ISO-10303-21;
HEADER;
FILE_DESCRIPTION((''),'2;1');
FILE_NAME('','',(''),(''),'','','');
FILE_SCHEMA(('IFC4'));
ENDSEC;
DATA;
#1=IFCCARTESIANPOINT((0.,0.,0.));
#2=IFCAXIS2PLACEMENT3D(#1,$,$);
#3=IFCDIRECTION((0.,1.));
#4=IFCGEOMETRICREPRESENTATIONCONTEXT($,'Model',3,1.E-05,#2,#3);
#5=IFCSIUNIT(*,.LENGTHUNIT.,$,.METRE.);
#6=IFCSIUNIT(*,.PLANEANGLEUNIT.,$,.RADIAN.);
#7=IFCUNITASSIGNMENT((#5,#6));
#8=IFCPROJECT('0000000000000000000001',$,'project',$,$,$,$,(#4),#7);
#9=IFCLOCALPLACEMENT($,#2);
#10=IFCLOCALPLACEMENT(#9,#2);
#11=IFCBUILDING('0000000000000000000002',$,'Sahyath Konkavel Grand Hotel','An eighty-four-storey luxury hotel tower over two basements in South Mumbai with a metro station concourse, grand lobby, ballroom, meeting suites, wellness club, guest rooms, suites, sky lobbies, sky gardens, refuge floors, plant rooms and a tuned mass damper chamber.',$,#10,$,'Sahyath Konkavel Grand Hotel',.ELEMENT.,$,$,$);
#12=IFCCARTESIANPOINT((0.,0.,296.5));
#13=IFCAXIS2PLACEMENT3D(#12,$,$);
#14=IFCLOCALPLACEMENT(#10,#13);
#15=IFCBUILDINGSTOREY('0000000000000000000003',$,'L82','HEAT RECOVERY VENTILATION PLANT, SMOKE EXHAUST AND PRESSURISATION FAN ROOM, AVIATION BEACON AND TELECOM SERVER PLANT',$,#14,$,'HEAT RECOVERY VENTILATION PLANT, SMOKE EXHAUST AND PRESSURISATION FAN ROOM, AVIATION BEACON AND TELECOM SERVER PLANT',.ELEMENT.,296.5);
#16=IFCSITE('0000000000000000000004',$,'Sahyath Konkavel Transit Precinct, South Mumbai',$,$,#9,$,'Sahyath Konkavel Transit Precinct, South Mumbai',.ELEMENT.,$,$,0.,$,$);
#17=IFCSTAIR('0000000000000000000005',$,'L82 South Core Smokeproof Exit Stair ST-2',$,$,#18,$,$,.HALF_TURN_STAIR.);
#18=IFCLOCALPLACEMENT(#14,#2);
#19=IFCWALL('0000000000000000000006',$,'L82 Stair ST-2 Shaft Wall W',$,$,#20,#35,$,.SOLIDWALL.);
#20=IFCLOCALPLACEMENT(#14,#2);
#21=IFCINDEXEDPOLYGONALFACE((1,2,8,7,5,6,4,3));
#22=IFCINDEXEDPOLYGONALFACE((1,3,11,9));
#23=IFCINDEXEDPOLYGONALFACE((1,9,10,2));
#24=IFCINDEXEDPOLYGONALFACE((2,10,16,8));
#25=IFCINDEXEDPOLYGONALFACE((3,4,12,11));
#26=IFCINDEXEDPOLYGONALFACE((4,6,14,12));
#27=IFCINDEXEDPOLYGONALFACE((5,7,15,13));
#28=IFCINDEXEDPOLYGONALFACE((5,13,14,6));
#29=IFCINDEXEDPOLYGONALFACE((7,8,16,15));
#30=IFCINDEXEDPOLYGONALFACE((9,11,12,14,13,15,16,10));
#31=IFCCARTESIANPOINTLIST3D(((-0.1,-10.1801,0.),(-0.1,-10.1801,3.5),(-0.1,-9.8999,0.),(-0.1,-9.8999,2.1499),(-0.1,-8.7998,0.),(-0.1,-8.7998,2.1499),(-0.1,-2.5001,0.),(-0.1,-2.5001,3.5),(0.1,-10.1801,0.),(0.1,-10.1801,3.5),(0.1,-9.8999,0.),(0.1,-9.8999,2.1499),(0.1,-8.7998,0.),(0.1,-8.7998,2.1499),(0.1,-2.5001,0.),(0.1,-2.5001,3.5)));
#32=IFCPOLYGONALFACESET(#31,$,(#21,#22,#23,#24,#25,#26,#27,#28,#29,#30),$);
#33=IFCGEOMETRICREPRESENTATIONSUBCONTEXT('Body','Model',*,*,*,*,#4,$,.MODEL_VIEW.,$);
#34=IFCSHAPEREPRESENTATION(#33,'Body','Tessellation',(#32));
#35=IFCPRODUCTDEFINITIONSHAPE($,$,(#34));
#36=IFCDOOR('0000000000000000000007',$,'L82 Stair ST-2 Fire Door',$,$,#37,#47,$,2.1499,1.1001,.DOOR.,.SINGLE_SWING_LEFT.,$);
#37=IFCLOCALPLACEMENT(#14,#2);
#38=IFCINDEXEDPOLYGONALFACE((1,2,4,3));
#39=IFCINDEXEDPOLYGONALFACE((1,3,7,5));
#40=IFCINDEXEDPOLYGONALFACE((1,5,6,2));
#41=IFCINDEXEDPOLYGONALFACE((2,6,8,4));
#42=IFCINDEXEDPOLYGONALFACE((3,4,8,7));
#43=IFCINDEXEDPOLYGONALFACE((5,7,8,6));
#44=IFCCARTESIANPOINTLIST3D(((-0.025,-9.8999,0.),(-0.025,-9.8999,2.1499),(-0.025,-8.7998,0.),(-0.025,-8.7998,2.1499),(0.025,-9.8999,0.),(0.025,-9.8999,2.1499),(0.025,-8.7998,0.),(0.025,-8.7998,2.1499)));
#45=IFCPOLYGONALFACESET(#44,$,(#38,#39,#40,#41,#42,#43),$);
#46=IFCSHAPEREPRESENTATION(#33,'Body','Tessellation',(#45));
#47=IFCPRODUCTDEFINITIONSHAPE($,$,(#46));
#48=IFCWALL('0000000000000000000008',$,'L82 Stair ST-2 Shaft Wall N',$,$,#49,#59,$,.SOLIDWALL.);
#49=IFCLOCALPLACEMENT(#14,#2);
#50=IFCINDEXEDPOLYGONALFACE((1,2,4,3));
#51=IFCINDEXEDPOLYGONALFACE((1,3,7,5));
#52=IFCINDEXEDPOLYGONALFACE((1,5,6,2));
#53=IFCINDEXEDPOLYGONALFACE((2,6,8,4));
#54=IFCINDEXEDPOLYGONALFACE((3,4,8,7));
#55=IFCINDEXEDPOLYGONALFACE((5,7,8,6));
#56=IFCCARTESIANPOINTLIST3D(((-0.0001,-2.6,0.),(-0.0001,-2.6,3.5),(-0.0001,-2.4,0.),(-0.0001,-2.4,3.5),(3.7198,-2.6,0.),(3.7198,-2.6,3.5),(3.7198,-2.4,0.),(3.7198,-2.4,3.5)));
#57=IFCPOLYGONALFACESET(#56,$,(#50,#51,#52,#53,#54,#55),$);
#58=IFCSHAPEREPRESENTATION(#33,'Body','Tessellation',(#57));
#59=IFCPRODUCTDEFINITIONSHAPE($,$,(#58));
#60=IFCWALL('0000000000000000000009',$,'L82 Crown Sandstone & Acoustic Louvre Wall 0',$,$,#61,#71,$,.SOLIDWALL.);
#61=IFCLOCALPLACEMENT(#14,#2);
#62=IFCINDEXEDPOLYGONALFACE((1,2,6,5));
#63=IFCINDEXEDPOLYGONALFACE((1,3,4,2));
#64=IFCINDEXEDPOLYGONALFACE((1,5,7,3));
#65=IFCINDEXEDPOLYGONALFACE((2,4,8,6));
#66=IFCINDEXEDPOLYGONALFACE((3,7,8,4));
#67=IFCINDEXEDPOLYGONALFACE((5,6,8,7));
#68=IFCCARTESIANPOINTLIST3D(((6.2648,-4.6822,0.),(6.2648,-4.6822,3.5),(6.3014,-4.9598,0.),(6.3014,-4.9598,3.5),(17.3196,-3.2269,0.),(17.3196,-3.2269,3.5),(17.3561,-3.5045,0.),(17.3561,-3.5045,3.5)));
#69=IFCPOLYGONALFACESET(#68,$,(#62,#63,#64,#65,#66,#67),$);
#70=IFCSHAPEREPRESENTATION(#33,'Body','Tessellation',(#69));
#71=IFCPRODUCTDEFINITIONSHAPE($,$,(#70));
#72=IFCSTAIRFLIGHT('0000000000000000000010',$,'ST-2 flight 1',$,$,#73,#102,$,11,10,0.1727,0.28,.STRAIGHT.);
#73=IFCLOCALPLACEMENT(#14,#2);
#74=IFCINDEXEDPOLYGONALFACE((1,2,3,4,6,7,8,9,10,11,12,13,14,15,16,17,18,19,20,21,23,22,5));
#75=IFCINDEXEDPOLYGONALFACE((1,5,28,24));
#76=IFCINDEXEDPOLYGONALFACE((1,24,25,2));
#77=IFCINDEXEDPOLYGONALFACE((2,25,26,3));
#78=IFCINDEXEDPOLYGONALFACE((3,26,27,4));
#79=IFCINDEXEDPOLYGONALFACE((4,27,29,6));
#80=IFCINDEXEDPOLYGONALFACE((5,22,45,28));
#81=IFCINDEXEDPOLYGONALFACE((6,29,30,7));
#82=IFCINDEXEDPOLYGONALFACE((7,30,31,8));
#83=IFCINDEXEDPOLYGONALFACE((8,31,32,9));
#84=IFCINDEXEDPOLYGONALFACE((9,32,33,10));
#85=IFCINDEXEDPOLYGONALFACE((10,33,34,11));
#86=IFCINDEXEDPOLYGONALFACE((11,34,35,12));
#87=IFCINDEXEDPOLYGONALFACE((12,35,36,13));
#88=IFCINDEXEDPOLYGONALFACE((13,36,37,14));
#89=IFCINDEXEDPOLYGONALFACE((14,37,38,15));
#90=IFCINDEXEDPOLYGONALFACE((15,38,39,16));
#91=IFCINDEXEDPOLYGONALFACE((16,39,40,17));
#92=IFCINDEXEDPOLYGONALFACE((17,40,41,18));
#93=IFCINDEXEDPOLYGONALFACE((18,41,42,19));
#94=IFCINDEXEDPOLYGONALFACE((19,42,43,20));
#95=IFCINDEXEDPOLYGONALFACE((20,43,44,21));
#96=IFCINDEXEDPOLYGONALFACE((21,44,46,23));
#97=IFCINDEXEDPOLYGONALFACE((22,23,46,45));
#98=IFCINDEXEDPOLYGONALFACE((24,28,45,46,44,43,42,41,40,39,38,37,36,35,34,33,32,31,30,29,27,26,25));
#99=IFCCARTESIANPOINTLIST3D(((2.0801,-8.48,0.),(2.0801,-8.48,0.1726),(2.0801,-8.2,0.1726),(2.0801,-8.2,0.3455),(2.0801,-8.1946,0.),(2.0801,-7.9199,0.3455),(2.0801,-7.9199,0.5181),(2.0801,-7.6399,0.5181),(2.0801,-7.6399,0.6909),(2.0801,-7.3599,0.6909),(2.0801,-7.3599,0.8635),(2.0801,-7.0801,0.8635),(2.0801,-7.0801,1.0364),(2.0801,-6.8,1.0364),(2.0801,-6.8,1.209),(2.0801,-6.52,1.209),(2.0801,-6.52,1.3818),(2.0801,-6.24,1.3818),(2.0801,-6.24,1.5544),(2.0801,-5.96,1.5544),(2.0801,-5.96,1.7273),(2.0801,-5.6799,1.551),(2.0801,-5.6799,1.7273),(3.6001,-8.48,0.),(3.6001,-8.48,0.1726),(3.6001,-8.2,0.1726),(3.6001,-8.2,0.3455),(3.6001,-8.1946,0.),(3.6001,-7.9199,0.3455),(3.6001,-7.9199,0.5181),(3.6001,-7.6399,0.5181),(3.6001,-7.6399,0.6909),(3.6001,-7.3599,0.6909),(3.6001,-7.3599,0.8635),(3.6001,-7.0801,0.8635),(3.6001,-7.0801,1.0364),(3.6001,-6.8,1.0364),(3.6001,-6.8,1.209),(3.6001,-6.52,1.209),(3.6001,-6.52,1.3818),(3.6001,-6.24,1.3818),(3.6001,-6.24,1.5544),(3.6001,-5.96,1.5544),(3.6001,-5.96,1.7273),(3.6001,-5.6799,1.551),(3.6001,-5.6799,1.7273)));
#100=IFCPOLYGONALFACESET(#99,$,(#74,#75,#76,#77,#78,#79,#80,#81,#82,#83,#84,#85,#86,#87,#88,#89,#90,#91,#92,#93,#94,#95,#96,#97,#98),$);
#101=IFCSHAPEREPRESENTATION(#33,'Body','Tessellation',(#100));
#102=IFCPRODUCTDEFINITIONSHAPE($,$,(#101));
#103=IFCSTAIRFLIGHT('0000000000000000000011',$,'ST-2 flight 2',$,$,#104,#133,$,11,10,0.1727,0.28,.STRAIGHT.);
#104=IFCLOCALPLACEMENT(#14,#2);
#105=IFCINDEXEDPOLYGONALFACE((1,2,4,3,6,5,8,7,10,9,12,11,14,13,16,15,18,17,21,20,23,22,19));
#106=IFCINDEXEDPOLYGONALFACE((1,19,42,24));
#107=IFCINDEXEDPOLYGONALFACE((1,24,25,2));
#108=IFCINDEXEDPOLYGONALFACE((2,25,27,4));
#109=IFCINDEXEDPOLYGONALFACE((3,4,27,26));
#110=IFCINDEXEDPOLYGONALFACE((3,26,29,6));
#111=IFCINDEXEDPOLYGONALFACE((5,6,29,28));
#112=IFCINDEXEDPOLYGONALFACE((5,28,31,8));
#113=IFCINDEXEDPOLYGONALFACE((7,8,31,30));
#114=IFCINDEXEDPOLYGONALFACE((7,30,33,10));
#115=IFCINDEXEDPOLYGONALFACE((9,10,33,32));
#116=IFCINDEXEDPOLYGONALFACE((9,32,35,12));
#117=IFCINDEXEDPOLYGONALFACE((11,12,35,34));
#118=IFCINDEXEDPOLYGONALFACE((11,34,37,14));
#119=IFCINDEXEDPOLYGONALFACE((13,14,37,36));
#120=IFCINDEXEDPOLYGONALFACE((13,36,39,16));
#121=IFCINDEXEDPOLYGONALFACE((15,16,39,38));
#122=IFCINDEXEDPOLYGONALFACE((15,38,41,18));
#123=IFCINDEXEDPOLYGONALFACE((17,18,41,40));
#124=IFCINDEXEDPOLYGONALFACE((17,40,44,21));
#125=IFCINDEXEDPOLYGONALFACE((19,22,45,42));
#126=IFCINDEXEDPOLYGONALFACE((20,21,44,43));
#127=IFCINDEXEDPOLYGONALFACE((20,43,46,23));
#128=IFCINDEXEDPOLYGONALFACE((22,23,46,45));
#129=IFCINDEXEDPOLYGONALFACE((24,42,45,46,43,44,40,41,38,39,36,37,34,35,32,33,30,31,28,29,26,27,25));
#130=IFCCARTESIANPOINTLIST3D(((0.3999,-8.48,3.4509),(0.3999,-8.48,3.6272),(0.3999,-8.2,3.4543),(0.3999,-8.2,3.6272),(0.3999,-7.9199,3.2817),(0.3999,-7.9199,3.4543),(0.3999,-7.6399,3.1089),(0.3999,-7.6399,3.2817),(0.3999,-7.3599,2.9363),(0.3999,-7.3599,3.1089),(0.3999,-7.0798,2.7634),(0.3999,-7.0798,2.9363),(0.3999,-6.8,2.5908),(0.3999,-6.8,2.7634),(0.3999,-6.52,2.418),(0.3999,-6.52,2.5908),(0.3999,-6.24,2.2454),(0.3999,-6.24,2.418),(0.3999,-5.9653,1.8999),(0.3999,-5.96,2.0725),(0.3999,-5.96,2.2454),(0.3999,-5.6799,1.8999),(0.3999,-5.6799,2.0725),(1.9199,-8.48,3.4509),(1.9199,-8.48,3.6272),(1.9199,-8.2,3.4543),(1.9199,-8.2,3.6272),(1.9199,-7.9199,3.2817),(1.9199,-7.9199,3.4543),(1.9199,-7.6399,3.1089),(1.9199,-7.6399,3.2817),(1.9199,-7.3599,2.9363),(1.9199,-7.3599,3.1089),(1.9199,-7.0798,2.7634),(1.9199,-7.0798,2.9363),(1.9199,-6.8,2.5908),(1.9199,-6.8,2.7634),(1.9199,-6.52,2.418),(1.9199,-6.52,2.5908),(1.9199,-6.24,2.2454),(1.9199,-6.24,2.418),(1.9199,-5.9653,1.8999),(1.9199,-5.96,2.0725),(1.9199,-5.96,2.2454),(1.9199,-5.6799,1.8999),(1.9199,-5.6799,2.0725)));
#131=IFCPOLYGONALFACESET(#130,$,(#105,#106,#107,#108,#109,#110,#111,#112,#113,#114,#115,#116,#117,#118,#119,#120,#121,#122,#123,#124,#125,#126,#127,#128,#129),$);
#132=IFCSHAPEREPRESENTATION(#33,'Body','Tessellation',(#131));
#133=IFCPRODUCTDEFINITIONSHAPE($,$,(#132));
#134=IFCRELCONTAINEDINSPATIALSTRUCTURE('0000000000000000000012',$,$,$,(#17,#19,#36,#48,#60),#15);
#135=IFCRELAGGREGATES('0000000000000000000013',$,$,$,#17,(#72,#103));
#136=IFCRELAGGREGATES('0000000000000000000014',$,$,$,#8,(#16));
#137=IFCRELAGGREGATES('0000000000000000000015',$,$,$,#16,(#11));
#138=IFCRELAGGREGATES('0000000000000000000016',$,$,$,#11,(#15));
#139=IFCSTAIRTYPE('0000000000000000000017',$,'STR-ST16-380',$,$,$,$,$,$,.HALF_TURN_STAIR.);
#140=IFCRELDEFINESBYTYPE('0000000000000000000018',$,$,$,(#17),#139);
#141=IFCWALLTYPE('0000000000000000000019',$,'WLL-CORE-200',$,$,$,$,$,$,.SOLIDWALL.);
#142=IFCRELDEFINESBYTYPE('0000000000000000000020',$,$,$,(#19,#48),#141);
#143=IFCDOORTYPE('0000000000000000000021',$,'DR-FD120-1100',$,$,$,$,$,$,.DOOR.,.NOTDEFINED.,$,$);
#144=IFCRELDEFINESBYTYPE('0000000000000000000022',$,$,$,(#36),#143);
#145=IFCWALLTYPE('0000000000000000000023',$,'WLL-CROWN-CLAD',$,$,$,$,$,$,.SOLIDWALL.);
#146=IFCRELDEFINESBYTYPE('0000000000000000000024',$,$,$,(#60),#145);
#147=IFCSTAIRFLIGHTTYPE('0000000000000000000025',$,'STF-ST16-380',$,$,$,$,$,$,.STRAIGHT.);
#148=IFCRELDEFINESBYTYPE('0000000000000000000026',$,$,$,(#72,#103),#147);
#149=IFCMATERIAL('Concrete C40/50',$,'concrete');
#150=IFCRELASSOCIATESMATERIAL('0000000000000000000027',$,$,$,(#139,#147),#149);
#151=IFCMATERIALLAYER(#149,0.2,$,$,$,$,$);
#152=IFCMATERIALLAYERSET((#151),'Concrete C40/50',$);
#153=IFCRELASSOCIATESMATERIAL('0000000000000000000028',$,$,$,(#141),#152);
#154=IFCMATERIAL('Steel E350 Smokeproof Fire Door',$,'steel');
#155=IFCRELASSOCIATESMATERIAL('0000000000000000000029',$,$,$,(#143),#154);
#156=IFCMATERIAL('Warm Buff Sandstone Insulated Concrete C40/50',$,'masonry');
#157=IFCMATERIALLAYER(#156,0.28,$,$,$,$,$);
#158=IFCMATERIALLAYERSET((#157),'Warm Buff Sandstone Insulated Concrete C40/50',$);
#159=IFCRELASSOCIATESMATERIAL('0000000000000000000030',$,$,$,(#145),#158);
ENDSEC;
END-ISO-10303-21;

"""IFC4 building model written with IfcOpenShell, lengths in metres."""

from ifc_helpers import new_model, si_unit, direction, frame, frame_2d, origin, origin_2d, place, context, subcontext, project, spatial, polyline, rectangle, outline, extrude, source, transform, mapped, material, layer, layer_set, type_object, element, fill, aggregate, save


model = new_model("IFC4")

# Units and contexts
model_context = context("Model", 3, precision=1e-05, world=origin(), true_north=direction((0.0, 1.0)))
body_context = subcontext(model_context, "Body", "Model", "MODEL_VIEW")
ifc_project = project(units=[si_unit("LENGTHUNIT", "METRE"), si_unit("PLANEANGLEUNIT", "RADIAN")], contexts=[model_context])

# Site, building, storey
site_placement = place(None, origin())
site = spatial("IfcSite", under=ifc_project, at=site_placement, Name="Sahyath Konkavel Transit Precinct, South Mumbai", LongName="Sahyath Konkavel Transit Precinct, South Mumbai", CompositionType="ELEMENT", RefElevation=0.0)
building_placement = place(site_placement, origin())
building = spatial("IfcBuilding", under=site, at=building_placement, Name="Sahyath Konkavel Grand Hotel", Description="An eighty-four-storey luxury hotel tower over two basements in South Mumbai with a metro station concourse, grand lobby, ballroom, meeting suites, wellness club, guest rooms, suites, sky lobbies, sky gardens, refuge floors, plant rooms and a tuned mass damper chamber.", LongName="Sahyath Konkavel Grand Hotel", CompositionType="ELEMENT")
storey_placement = place(building_placement, frame((0.0, 0.0, 296.5)))
storey = spatial("IfcBuildingStorey", under=building, at=storey_placement, Name="L82", Description="HEAT RECOVERY VENTILATION PLANT, SMOKE EXHAUST AND PRESSURISATION FAN ROOM, AVIATION BEACON AND TELECOM SERVER PLANT", LongName="HEAT RECOVERY VENTILATION PLANT, SMOKE EXHAUST AND PRESSURISATION FAN ROOM, AVIATION BEACON AND TELECOM SERVER PLANT", CompositionType="ELEMENT", Elevation=296.5)

# Shared definitions
ifc_material_1 = material(Name="Concrete C40/50", Category="concrete")

# Stair
stair_type = type_object("IfcStairType", Name="STR-ST16-380", PredefinedType="HALF_TURN_STAIR", material=ifc_material_1)
stair_1_placement = place(storey_placement, origin())
stair_1 = element("IfcStair", 1, at=stair_1_placement, inside=storey, type_object=stair_type, Name="L82 South Core Smokeproof Exit Stair ST-2", PredefinedType="HALF_TURN_STAIR")

# Wall, opening, door
ifc_layer_1 = layer(ifc_material_1, 0.2)
ifc_layer_set_1 = layer_set([ifc_layer_1], Name="Concrete C40/50")
wall_type_1 = type_object("IfcWallType", Name="WLL-CORE-200", PredefinedType="SOLIDWALL", material=ifc_layer_set_1)
wall_1_placement = place(storey_placement, frame((0.0, -10.1799, 0.0), z_axis=(0.0, 0.0, 1.0), x_axis=(0.0, 1.0, 0.0)))
wall_1 = element("IfcWall", 2, at=wall_1_placement, inside=storey, type_object=wall_type_1, Name="L82 Stair ST-2 Shaft Wall W", PredefinedType="SOLIDWALL", context=body_context, shape_type="SweptSolid", body=[
    extrude(rectangle(XDim=7.6799, YDim=0.2, at=frame_2d((3.8398, 0.0))), origin(), (0.0, 0.0, 1.0), 3.5),
])
opening_placement = place(wall_1_placement, frame((0.28, 0.0, 0.0)))
opening = element("IfcOpeningElement", 3, at=opening_placement, cuts=wall_1, PredefinedType="OPENING", context=body_context, shape_type="SweptSolid", body=[
    extrude(rectangle(XDim=1.1001, YDim=2.1499, at=frame_2d((0.55, 1.075))), frame((0.0, 0.1099, 0.0), z_axis=(0.0, -1.0, 0.0), x_axis=(1.0, 0.0, 0.0)), (0.0, 0.0, 1.0), 0.22),
])
ifc_material_2 = material(Name="Steel E350 Smokeproof Fire Door", Category="steel")
door_type = type_object("IfcDoorType", Name="DR-FD120-1100", OperationType="NOTDEFINED", PredefinedType="DOOR", material=ifc_material_2)
shared_shape_1 = source(origin(), body_context, "Body", "SweptSolid", [
    extrude(rectangle(XDim=1.1001, YDim=0.05, at=origin_2d()), origin(), (0.0, 0.0, 1.0), 2.1499),
])
door_placement = place(opening_placement, frame((0.55, 0.0, 0.0)))
door = element("IfcDoor", 4, at=door_placement, inside=storey, type_object=door_type, Name="L82 Stair ST-2 Fire Door", OperationType="SINGLE_SWING_LEFT", OverallHeight=2.1499, OverallWidth=1.1001, PredefinedType="DOOR", context=body_context, shape_type="MappedRepresentation", body=[
    mapped(shared_shape_1, transform((0.0, 0.0, 0.0), scale=1.0)),
])
fill(opening, door)

# Walls
wall_2_placement = place(storey_placement, frame((0.0, -2.5, 0.0), z_axis=(0.0, 0.0, 1.0), x_axis=(1.0, 0.0, 0.0)))
element("IfcWall", 5, at=wall_2_placement, inside=storey, type_object=wall_type_1, Name="L82 Stair ST-2 Shaft Wall N", PredefinedType="SOLIDWALL", context=body_context, shape_type="SweptSolid", body=[
    extrude(rectangle(XDim=3.72, YDim=0.2, at=frame_2d((1.8599, 0.0))), origin(), (0.0, 0.0, 1.0), 3.5),
])
ifc_material_3 = material(Name="Warm Buff Sandstone Insulated Concrete C40/50", Category="masonry")
ifc_layer_2 = layer(ifc_material_3, 0.28)
ifc_layer_set_2 = layer_set([ifc_layer_2], Name="Warm Buff Sandstone Insulated Concrete C40/50")
wall_type_2 = type_object("IfcWallType", Name="WLL-CROWN-CLAD", PredefinedType="SOLIDWALL", material=ifc_layer_set_2)
wall_3_placement = place(storey_placement, frame((6.283, -4.821, 0.0), z_axis=(0.0, 0.0, 1.0), x_axis=(0.991445, 0.130521, 0.0)))
element("IfcWall", 6, at=wall_3_placement, inside=storey, type_object=wall_type_2, Name="L82 Crown Sandstone & Acoustic Louvre Wall 0", PredefinedType="SOLIDWALL", context=body_context, shape_type="SweptSolid", body=[
    extrude(rectangle(XDim=11.1501, YDim=0.28, at=frame_2d((5.5752, 0.0))), origin(), (0.0, 0.0, 1.0), 3.5),
])

# Stair flights
stair_flight_type = type_object("IfcStairFlightType", Name="STF-ST16-380", PredefinedType="STRAIGHT", material=ifc_material_1)
stair_flight_1_placement = place(storey_placement, frame((2.8401, -8.48, 0.0), z_axis=(0.0, 0.0, 1.0), x_axis=(0.0, 1.0, 0.0)))
stair_flight_1 = element("IfcStairFlight", 7, at=stair_flight_1_placement, type_object=stair_flight_type, Name="ST-2 flight 1", NumberOfRisers=11, NumberOfTreads=10, PredefinedType="STRAIGHT", RiserHeight=0.1727, TreadLength=0.28, context=body_context, shape_type="SweptSolid", body=[
    extrude(outline(polyline([(0.0, 0.0), (0.0, 0.1726), (0.28, 0.1726), (0.28, 0.3455), (0.5601, 0.3455), (0.5601, 0.5181), (0.8401, 0.5181), (0.8401, 0.6909), (1.1201, 0.6909), (1.1201, 0.8635), (1.3999, 0.8635), (1.3999, 1.0364), (1.6799, 1.0364), (1.6799, 1.209), (1.96, 1.209), (1.96, 1.3818), (2.24, 1.3818), (2.24, 1.5544), (2.52, 1.5544), (2.52, 1.7273), (2.8, 1.7273), (2.8, 1.8999), (2.8, 1.551), (0.2854, 0.0), (0.0, 0.0)])), frame((0.0, 0.76, 0.0), z_axis=(0.0, -1.0, 0.0), x_axis=(1.0, 0.0, 0.0)), (0.0, 0.0, 1.0), 1.52),
])
stair_flight_2_placement = place(storey_placement, frame((1.1599, -5.6799, 1.8999), z_axis=(0.0, 0.0, 1.0), x_axis=(0.0, -1.0, 0.0)))
stair_flight_2 = element("IfcStairFlight", 8, at=stair_flight_2_placement, type_object=stair_flight_type, Name="ST-2 flight 2", NumberOfRisers=11, NumberOfTreads=10, PredefinedType="STRAIGHT", RiserHeight=0.1727, TreadLength=0.28, context=body_context, shape_type="SweptSolid", body=[
    extrude(outline(polyline([(0.0, 0.0), (0.0, 0.1726), (0.28, 0.1726), (0.28, 0.3455), (0.5601, 0.3455), (0.5601, 0.5181), (0.8401, 0.5181), (0.8401, 0.6909), (1.1201, 0.6909), (1.1201, 0.8635), (1.3999, 0.8635), (1.3999, 1.0364), (1.6799, 1.0364), (1.6799, 1.209), (1.96, 1.209), (1.96, 1.3818), (2.24, 1.3818), (2.24, 1.5544), (2.52, 1.5544), (2.52, 1.7273), (2.8, 1.7273), (2.8, 1.8999), (2.8, 1.551), (0.2854, 0.0), (0.0, 0.0)])), frame((0.0, 0.76, 0.0), z_axis=(0.0, -1.0, 0.0), x_axis=(1.0, 0.0, 0.0)), (0.0, 0.0, 1.0), 1.52),
])
aggregate(stair_1, [stair_flight_1, stair_flight_2])

save(model, "model.ifc")
